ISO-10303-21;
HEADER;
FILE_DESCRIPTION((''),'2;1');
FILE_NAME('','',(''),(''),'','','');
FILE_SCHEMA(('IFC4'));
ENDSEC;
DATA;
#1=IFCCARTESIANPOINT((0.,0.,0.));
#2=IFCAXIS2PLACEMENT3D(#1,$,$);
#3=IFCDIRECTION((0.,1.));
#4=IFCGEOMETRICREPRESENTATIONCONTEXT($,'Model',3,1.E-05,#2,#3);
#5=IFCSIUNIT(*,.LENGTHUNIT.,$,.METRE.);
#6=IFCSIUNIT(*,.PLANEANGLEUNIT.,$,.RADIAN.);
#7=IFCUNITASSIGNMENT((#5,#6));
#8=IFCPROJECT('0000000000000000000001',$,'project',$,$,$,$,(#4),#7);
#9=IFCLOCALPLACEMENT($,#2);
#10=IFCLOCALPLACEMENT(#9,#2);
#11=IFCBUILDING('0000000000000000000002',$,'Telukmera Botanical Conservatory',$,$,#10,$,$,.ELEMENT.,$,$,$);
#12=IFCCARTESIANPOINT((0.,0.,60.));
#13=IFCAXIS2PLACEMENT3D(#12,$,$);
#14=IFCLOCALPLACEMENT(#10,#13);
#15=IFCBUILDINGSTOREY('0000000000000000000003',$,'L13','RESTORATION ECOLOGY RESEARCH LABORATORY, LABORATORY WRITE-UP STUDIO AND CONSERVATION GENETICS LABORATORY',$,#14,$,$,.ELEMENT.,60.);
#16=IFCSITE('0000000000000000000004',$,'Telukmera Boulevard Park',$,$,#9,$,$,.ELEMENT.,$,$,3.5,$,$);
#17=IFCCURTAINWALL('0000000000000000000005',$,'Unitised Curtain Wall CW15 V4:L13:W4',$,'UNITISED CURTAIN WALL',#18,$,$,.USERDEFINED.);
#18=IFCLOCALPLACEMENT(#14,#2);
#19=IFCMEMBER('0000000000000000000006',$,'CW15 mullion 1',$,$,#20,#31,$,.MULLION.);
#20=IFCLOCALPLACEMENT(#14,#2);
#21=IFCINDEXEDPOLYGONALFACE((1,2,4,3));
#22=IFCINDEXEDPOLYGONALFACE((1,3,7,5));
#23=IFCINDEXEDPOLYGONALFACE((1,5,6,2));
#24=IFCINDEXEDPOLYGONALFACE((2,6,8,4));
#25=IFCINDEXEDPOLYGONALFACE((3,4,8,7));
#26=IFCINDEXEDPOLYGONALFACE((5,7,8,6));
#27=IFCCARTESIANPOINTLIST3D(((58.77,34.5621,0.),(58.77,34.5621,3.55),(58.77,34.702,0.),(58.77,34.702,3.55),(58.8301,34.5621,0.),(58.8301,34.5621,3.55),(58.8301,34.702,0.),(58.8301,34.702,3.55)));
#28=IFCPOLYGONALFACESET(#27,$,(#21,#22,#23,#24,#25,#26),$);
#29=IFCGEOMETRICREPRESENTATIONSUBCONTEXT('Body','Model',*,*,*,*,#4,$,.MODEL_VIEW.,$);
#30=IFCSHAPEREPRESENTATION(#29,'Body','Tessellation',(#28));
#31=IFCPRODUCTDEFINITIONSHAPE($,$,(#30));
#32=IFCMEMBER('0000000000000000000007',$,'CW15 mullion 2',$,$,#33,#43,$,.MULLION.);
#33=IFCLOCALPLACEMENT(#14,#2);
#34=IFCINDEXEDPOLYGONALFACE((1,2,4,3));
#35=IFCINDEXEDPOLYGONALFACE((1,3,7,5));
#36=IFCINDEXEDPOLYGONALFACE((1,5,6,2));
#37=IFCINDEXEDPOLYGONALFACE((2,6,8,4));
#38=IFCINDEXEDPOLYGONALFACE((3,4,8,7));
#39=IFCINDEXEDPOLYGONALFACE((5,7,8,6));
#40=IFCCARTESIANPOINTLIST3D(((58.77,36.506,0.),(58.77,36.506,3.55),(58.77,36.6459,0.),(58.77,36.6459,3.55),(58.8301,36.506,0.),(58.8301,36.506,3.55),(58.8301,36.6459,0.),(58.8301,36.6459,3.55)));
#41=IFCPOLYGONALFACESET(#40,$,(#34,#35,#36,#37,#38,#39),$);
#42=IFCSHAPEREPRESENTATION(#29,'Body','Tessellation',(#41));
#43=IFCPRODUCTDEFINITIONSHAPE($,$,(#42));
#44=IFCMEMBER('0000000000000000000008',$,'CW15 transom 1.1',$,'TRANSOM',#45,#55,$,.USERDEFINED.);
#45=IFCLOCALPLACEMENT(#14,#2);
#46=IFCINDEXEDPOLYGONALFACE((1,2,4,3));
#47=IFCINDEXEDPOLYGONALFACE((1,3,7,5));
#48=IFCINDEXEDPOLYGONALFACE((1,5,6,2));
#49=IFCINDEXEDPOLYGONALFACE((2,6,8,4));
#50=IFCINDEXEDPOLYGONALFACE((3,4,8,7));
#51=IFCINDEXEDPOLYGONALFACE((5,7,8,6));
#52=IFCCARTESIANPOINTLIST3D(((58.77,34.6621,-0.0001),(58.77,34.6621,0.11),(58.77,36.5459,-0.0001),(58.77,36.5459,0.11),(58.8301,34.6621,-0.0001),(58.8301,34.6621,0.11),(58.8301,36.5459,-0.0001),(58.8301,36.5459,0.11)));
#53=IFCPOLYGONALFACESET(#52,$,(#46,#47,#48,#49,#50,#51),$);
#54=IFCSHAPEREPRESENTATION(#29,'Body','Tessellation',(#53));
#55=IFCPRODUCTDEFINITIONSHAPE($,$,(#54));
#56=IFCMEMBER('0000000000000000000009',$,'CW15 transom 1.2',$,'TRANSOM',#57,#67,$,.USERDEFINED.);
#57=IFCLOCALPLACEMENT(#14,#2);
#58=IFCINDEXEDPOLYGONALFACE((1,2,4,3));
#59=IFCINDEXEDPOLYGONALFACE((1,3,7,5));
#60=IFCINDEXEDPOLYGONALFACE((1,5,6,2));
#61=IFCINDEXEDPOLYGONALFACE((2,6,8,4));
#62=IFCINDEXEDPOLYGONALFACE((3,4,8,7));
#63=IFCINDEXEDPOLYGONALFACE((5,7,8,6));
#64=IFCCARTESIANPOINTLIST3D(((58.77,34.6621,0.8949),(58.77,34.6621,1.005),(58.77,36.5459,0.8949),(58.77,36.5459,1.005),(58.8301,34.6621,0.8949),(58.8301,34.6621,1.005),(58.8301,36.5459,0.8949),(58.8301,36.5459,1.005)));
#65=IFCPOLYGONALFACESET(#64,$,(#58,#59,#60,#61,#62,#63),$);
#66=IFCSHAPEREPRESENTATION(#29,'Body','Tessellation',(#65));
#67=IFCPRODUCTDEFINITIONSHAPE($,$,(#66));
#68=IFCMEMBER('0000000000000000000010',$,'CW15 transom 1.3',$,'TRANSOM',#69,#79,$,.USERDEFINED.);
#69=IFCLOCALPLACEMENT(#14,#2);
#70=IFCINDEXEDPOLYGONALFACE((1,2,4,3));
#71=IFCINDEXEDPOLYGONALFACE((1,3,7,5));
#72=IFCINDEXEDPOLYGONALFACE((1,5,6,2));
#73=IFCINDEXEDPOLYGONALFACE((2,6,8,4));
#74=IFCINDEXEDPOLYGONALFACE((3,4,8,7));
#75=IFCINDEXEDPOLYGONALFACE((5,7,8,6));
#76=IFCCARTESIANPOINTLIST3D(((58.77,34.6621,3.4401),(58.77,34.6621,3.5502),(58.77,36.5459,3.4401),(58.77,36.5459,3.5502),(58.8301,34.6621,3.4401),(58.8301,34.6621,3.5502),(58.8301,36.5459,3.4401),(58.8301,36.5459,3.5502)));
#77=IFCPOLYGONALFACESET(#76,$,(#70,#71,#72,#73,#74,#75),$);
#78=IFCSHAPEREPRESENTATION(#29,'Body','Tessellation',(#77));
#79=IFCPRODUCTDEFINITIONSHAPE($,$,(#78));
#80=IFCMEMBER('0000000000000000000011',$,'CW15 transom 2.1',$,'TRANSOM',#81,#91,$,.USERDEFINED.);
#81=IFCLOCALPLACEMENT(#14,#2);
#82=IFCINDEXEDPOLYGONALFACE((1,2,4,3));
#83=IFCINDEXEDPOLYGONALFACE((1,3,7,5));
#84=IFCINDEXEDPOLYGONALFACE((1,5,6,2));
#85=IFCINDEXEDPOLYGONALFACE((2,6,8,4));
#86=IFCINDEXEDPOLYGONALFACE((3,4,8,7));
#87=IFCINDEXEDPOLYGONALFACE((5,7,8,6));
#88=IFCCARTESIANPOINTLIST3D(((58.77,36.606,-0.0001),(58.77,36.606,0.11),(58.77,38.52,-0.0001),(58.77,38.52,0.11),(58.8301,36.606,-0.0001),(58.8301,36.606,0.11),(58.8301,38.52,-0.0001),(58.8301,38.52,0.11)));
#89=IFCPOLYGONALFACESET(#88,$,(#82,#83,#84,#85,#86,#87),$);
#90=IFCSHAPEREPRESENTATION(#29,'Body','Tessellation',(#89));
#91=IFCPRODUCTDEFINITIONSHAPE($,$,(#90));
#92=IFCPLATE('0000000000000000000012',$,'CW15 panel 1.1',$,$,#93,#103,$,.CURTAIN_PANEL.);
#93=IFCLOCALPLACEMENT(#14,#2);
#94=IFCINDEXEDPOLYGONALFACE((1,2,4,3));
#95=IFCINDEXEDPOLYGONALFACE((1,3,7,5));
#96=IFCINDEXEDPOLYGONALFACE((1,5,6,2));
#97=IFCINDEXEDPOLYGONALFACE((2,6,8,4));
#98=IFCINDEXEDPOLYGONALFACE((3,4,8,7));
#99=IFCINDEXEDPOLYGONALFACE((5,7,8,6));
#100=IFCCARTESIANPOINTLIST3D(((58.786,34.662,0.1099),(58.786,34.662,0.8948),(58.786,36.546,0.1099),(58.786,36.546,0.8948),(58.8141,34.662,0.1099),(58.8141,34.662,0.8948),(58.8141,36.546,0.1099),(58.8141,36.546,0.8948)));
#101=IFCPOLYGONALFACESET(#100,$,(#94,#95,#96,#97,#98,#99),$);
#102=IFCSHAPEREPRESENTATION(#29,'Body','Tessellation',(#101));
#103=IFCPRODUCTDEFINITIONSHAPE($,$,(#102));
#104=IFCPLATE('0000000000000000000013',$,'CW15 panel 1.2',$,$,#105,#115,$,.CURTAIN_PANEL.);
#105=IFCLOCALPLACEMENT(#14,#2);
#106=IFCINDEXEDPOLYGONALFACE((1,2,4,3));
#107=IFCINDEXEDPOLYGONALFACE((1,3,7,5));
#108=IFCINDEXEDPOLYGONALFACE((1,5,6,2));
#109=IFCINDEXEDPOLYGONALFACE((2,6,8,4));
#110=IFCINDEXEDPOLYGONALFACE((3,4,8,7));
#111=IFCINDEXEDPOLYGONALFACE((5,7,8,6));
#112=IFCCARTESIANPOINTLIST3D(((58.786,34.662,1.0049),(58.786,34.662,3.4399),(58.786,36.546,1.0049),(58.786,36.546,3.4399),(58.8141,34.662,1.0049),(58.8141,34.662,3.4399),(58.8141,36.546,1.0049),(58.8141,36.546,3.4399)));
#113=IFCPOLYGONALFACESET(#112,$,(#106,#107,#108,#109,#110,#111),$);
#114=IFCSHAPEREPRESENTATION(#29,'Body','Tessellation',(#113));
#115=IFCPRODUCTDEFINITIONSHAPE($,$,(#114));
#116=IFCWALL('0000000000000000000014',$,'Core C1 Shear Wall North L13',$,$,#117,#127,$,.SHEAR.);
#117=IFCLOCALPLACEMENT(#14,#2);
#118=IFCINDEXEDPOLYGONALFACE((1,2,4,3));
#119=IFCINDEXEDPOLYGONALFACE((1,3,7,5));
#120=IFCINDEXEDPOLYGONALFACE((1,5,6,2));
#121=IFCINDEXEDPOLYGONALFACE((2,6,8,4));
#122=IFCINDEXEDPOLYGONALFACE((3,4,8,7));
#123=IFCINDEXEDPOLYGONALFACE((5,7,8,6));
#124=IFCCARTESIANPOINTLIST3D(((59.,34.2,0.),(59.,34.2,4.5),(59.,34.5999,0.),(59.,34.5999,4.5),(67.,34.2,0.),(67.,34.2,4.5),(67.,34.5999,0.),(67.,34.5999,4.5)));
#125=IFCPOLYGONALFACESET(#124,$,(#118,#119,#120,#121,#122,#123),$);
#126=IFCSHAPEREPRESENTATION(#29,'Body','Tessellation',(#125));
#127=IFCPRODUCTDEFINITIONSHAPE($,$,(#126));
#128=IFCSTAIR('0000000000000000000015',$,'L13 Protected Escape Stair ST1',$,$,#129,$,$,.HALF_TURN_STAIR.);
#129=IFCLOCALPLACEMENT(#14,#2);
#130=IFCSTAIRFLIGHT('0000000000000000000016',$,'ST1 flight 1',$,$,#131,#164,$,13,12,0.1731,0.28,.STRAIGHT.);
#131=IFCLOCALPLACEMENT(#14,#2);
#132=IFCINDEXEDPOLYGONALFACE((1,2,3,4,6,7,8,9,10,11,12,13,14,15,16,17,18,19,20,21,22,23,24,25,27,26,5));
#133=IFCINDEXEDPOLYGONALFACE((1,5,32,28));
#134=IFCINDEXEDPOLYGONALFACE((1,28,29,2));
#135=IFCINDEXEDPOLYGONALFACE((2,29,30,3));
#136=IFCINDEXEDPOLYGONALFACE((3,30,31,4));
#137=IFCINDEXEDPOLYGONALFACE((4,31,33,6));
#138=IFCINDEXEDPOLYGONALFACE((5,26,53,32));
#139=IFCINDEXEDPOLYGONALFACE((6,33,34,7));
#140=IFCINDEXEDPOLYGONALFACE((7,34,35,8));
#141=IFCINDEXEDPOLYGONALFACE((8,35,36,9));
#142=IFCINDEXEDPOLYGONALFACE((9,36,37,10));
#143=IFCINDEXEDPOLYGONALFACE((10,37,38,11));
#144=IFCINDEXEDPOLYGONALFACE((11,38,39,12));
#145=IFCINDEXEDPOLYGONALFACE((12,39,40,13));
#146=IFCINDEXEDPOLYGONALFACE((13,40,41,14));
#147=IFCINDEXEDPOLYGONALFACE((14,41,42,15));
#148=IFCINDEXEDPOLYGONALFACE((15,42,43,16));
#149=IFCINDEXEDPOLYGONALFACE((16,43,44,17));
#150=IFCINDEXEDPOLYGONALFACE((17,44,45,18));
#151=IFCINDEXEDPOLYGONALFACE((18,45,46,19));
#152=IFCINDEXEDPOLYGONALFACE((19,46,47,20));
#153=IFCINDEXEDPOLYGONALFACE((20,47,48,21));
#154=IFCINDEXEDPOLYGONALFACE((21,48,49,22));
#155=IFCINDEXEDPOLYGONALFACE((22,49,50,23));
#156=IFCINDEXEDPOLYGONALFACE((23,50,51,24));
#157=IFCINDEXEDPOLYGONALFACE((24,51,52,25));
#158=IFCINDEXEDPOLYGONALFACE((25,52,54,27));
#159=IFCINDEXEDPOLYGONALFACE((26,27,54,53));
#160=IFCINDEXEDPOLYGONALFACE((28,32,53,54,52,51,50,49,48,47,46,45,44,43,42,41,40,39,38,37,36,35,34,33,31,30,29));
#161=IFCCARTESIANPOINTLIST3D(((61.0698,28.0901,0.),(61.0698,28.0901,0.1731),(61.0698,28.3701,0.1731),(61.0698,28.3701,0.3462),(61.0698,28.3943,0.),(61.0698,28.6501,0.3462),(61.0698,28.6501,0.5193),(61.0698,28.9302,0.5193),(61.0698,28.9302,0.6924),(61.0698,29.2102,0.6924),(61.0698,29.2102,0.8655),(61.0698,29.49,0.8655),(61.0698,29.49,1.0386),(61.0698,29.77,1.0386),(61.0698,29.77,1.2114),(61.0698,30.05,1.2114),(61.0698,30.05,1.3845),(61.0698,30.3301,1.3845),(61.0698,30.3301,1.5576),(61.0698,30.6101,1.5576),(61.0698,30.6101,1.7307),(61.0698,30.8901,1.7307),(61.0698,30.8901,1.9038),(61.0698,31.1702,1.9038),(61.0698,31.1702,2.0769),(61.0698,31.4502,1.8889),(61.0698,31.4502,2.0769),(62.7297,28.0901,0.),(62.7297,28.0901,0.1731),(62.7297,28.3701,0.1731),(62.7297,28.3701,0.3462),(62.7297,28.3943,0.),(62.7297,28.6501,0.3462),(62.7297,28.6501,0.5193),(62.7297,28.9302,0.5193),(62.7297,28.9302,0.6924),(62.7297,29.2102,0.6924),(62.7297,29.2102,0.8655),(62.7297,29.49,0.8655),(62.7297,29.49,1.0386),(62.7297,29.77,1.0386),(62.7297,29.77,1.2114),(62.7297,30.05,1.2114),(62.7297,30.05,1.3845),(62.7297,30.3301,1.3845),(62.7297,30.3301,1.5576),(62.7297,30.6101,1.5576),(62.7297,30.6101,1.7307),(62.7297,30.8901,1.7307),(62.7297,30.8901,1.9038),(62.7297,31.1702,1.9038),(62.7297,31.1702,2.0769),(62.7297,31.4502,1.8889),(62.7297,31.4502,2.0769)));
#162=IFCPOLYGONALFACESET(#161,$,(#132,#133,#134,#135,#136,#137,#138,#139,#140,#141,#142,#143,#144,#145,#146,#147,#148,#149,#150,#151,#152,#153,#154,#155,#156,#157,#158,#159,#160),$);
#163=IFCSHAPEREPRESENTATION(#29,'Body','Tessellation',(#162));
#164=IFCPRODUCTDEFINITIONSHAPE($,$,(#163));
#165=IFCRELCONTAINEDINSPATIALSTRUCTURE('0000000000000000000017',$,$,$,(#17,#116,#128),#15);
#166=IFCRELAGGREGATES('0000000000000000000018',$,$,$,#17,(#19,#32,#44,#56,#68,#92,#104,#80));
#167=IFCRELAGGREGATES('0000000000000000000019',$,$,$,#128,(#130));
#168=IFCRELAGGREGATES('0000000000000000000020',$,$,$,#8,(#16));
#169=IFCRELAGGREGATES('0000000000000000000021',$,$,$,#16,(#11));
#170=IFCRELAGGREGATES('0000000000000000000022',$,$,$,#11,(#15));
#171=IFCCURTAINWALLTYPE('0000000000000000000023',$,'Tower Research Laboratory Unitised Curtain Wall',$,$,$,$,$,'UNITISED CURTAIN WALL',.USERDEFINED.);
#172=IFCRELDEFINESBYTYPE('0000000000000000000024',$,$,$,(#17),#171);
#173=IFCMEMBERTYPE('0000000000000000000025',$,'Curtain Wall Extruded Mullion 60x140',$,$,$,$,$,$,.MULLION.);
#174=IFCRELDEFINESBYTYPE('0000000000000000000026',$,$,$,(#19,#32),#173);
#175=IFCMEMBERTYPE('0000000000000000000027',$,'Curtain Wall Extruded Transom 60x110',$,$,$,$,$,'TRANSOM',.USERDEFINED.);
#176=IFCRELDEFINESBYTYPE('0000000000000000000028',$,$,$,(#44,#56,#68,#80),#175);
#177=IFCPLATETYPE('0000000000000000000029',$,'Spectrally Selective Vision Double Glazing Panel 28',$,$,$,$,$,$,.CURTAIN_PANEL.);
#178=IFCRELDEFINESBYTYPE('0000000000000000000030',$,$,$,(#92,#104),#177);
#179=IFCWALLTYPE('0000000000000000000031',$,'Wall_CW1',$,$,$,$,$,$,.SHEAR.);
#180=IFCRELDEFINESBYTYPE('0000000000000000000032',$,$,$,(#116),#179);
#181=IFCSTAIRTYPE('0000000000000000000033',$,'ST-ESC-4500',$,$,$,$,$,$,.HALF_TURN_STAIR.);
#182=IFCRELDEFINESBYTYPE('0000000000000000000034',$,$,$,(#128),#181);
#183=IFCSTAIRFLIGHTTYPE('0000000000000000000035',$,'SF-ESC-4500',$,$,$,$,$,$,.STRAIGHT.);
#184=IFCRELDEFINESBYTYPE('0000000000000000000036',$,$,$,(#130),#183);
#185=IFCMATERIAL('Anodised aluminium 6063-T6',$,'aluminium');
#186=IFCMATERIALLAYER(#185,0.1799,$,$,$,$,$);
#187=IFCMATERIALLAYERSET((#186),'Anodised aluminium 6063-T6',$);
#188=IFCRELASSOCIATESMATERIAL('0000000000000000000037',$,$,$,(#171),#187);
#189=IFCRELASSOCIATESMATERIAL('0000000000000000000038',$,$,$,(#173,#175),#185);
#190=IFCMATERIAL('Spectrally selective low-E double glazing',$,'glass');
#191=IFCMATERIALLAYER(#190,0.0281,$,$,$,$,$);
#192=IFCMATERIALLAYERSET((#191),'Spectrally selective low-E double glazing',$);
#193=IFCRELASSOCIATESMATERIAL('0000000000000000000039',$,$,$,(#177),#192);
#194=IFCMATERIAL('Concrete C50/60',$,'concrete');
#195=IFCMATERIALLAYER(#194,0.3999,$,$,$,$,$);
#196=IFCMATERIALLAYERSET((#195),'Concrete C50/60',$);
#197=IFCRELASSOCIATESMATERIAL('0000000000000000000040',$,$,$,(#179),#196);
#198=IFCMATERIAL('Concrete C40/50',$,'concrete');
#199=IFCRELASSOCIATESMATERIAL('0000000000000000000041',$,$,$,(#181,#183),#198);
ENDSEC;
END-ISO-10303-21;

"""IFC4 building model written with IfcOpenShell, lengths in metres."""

from ifc_helpers import new_model, si_unit, direction, frame, frame_2d, origin, origin_2d, place, context, subcontext, project, spatial, polyline, rectangle, outline, extrude, material, layer, layer_set, material_profile, profile_set, type_object, element, aggregate, save


model = new_model("IFC4")

# Units and contexts
model_context = context("Model", 3, precision=1e-05, world=origin(), true_north=direction((0.0, 1.0)))
body_context = subcontext(model_context, "Body", "Model", "MODEL_VIEW")
ifc_project = project(units=[si_unit("LENGTHUNIT", "METRE"), si_unit("PLANEANGLEUNIT", "RADIAN")], contexts=[model_context])

# Site, building, storey
site_placement = place(None, origin())
site = spatial("IfcSite", under=ifc_project, at=site_placement, Name="Telukmera Boulevard Park", CompositionType="ELEMENT", RefElevation=3.5)
building_placement = place(site_placement, origin())
building = spatial("IfcBuilding", under=site, at=building_placement, Name="Telukmera Botanical Conservatory", CompositionType="ELEMENT")
storey_placement = place(building_placement, frame((0.0, 0.0, 60.0)))
storey = spatial("IfcBuildingStorey", under=building, at=storey_placement, Name="L13", Description="RESTORATION ECOLOGY RESEARCH LABORATORY, LABORATORY WRITE-UP STUDIO AND CONSERVATION GENETICS LABORATORY", CompositionType="ELEMENT", Elevation=60.0)

# Curtain wall, members, plates
ifc_material_1 = material(Name="Anodised aluminium 6063-T6", Category="aluminium")
ifc_layer_1 = layer(ifc_material_1, 0.1799)
ifc_layer_set_1 = layer_set([ifc_layer_1], Name="Anodised aluminium 6063-T6")
curtain_wall_type = type_object("IfcCurtainWallType", Name="Tower Research Laboratory Unitised Curtain Wall", ElementType="UNITISED CURTAIN WALL", PredefinedType="USERDEFINED", material=ifc_layer_set_1)
curtain_wall_placement = place(storey_placement, origin())
curtain_wall = element("IfcCurtainWall", 1, at=curtain_wall_placement, inside=storey, type_object=curtain_wall_type, Name="Unitised Curtain Wall CW15 V4:L13:W4", ObjectType="UNITISED CURTAIN WALL", PredefinedType="USERDEFINED")
ifc_material_profile_1 = material_profile(ifc_material_1, rectangle(XDim=0.0601, YDim=0.1399, at=origin_2d()), Name="ALU MULL 60x140")
ifc_profile_set_1 = profile_set([ifc_material_profile_1], Name="Anodised aluminium 6063-T6")
member_type_1 = type_object("IfcMemberType", Name="Curtain Wall Extruded Mullion 60x140", PredefinedType="MULLION", material=ifc_profile_set_1)
member_1_placement = place(storey_placement, frame((58.8, 34.6321, 0.0), z_axis=(0.0, 0.0, 1.0), x_axis=(-1.0, 0.0, 0.0)))
member_1 = element("IfcMember", 2, at=member_1_placement, type_object=member_type_1, Name="CW15 mullion 1", PredefinedType="MULLION", context=body_context, shape_type="SweptSolid", body=[
    extrude(rectangle(XDim=0.0601, YDim=0.1399, at=origin_2d()), origin(), (0.0, 0.0, 1.0), 3.55),
])
member_2_placement = place(storey_placement, frame((58.8, 36.5759, 0.0), z_axis=(0.0, 0.0, 1.0), x_axis=(-1.0, 0.0, 0.0)))
member_2 = element("IfcMember", 3, at=member_2_placement, type_object=member_type_1, Name="CW15 mullion 2", PredefinedType="MULLION", context=body_context, shape_type="SweptSolid", body=[
    extrude(rectangle(XDim=0.0601, YDim=0.1399, at=origin_2d()), origin(), (0.0, 0.0, 1.0), 3.55),
])
ifc_material_profile_2 = material_profile(ifc_material_1, rectangle(XDim=0.0601, YDim=0.1101, at=origin_2d()), Name="ALU TRAN 60x110")
ifc_profile_set_2 = profile_set([ifc_material_profile_2], Name="Anodised aluminium 6063-T6")
member_type_2 = type_object("IfcMemberType", Name="Curtain Wall Extruded Transom 60x110", ElementType="TRANSOM", PredefinedType="USERDEFINED", material=ifc_profile_set_2)
member_3_placement = place(storey_placement, frame((58.8, 34.6621, 0.0549), z_axis=(0.0, 1.0, 0.0), x_axis=(-1.0, 0.0, 0.0)))
member_3 = element("IfcMember", 4, at=member_3_placement, type_object=member_type_2, Name="CW15 transom 1.1", ObjectType="TRANSOM", PredefinedType="USERDEFINED", context=body_context, shape_type="SweptSolid", body=[
    extrude(rectangle(XDim=0.0601, YDim=0.1101, at=origin_2d()), origin(), (0.0, 0.0, 1.0), 1.8838),
])
member_4_placement = place(storey_placement, frame((58.8, 34.6621, 0.95), z_axis=(0.0, 1.0, 0.0), x_axis=(-1.0, 0.0, 0.0)))
member_4 = element("IfcMember", 5, at=member_4_placement, type_object=member_type_2, Name="CW15 transom 1.2", ObjectType="TRANSOM", PredefinedType="USERDEFINED", context=body_context, shape_type="SweptSolid", body=[
    extrude(rectangle(XDim=0.0601, YDim=0.1101, at=origin_2d()), origin(), (0.0, 0.0, 1.0), 1.8838),
])
member_5_placement = place(storey_placement, frame((58.8, 34.6621, 3.4951), z_axis=(0.0, 1.0, 0.0), x_axis=(-1.0, 0.0, 0.0)))
member_5 = element("IfcMember", 6, at=member_5_placement, type_object=member_type_2, Name="CW15 transom 1.3", ObjectType="TRANSOM", PredefinedType="USERDEFINED", context=body_context, shape_type="SweptSolid", body=[
    extrude(rectangle(XDim=0.0601, YDim=0.1101, at=origin_2d()), origin(), (0.0, 0.0, 1.0), 1.8838),
])
member_6_placement = place(storey_placement, frame((58.8, 36.606, 0.0549), z_axis=(0.0, 1.0, 0.0), x_axis=(-1.0, 0.0, 0.0)))
member_6 = element("IfcMember", 7, at=member_6_placement, type_object=member_type_2, Name="CW15 transom 2.1", ObjectType="TRANSOM", PredefinedType="USERDEFINED", context=body_context, shape_type="SweptSolid", body=[
    extrude(rectangle(XDim=0.0601, YDim=0.1101, at=origin_2d()), origin(), (0.0, 0.0, 1.0), 1.9141),
])
ifc_material_2 = material(Name="Spectrally selective low-E double glazing", Category="glass")
ifc_layer_2 = layer(ifc_material_2, 0.0281)
ifc_layer_set_2 = layer_set([ifc_layer_2], Name="Spectrally selective low-E double glazing")
plate_type = type_object("IfcPlateType", Name="Spectrally Selective Vision Double Glazing Panel 28", PredefinedType="CURTAIN_PANEL", material=ifc_layer_set_2)
plate_1_placement = place(storey_placement, frame((58.8, 35.604, 0.1099), z_axis=(0.0, 0.0, 1.0), x_axis=(0.0, 1.0, 0.0)))
plate_1 = element("IfcPlate", 8, at=plate_1_placement, type_object=plate_type, Name="CW15 panel 1.1", PredefinedType="CURTAIN_PANEL", context=body_context, shape_type="SweptSolid", body=[
    extrude(rectangle(XDim=1.884, YDim=0.0281, at=origin_2d()), origin(), (0.0, 0.0, 1.0), 0.7849),
])
plate_2_placement = place(storey_placement, frame((58.8, 35.604, 1.0049), z_axis=(0.0, 0.0, 1.0), x_axis=(0.0, 1.0, 0.0)))
plate_2 = element("IfcPlate", 9, at=plate_2_placement, type_object=plate_type, Name="CW15 panel 1.2", PredefinedType="CURTAIN_PANEL", context=body_context, shape_type="SweptSolid", body=[
    extrude(rectangle(XDim=1.884, YDim=0.0281, at=origin_2d()), origin(), (0.0, 0.0, 1.0), 2.4351),
])
aggregate(curtain_wall, [member_1, member_2, member_3, member_4, member_5, plate_1, plate_2, member_6])

# Wall
ifc_material_3 = material(Name="Concrete C50/60", Category="concrete")
ifc_layer_3 = layer(ifc_material_3, 0.3999)
ifc_layer_set_3 = layer_set([ifc_layer_3], Name="Concrete C50/60")
wall_type = type_object("IfcWallType", Name="Wall_CW1", PredefinedType="SHEAR", material=ifc_layer_set_3)
wall_placement = place(storey_placement, frame((59.0, 34.3999, 0.0), z_axis=(0.0, 0.0, 1.0), x_axis=(1.0, 0.0, 0.0)))
element("IfcWall", 10, at=wall_placement, inside=storey, type_object=wall_type, Name="Core C1 Shear Wall North L13", PredefinedType="SHEAR", context=body_context, shape_type="SweptSolid", body=[
    extrude(rectangle(XDim=8.0, YDim=0.3999, at=frame_2d((4.0, 0.0))), origin(), (0.0, 0.0, 1.0), 4.5),
])

# Stair, stair flight
ifc_material_4 = material(Name="Concrete C40/50", Category="concrete")
stair_type = type_object("IfcStairType", Name="ST-ESC-4500", PredefinedType="HALF_TURN_STAIR", material=ifc_material_4)
stair_placement = place(storey_placement, origin())
stair = element("IfcStair", 11, at=stair_placement, inside=storey, type_object=stair_type, Name="L13 Protected Escape Stair ST1", PredefinedType="HALF_TURN_STAIR")
stair_flight_type = type_object("IfcStairFlightType", Name="SF-ESC-4500", PredefinedType="STRAIGHT", material=ifc_material_4)
stair_flight_1_placement = place(storey_placement, frame((61.8999, 28.0901, 0.0), z_axis=(0.0, 0.0, 1.0), x_axis=(0.0, 1.0, 0.0)))
stair_flight_1 = element("IfcStairFlight", 12, at=stair_flight_1_placement, type_object=stair_flight_type, Name="ST1 flight 1", NumberOfRisers=13, NumberOfTreads=12, PredefinedType="STRAIGHT", RiserHeight=0.1731, TreadLength=0.28, context=body_context, shape_type="SweptSolid", body=[
    extrude(outline(polyline([(0.0, 0.0), (0.0, 0.1731), (0.28, 0.1731), (0.28, 0.3462), (0.5601, 0.3462), (0.5601, 0.5193), (0.8401, 0.5193), (0.8401, 0.6924), (1.1201, 0.6924), (1.1201, 0.8655), (1.3999, 0.8655), (1.3999, 1.0386), (1.6799, 1.0386), (1.6799, 1.2114), (1.96, 1.2114), (1.96, 1.3845), (2.24, 1.3845), (2.24, 1.5576), (2.52, 1.5576), (2.52, 1.7307), (2.8, 1.7307), (2.8, 1.9038), (3.0801, 1.9038), (3.0801, 2.0769), (3.3601, 2.0769), (3.3601, 2.25), (3.3601, 1.8889), (0.3042, 0.0), (0.0, 0.0)])), frame((0.0, 0.8301, 0.0), z_axis=(0.0, -1.0, 0.0), x_axis=(1.0, 0.0, 0.0)), (0.0, 0.0, 1.0), 1.6599),
])
aggregate(stair, [stair_flight_1])

save(model, "model.ifc")
